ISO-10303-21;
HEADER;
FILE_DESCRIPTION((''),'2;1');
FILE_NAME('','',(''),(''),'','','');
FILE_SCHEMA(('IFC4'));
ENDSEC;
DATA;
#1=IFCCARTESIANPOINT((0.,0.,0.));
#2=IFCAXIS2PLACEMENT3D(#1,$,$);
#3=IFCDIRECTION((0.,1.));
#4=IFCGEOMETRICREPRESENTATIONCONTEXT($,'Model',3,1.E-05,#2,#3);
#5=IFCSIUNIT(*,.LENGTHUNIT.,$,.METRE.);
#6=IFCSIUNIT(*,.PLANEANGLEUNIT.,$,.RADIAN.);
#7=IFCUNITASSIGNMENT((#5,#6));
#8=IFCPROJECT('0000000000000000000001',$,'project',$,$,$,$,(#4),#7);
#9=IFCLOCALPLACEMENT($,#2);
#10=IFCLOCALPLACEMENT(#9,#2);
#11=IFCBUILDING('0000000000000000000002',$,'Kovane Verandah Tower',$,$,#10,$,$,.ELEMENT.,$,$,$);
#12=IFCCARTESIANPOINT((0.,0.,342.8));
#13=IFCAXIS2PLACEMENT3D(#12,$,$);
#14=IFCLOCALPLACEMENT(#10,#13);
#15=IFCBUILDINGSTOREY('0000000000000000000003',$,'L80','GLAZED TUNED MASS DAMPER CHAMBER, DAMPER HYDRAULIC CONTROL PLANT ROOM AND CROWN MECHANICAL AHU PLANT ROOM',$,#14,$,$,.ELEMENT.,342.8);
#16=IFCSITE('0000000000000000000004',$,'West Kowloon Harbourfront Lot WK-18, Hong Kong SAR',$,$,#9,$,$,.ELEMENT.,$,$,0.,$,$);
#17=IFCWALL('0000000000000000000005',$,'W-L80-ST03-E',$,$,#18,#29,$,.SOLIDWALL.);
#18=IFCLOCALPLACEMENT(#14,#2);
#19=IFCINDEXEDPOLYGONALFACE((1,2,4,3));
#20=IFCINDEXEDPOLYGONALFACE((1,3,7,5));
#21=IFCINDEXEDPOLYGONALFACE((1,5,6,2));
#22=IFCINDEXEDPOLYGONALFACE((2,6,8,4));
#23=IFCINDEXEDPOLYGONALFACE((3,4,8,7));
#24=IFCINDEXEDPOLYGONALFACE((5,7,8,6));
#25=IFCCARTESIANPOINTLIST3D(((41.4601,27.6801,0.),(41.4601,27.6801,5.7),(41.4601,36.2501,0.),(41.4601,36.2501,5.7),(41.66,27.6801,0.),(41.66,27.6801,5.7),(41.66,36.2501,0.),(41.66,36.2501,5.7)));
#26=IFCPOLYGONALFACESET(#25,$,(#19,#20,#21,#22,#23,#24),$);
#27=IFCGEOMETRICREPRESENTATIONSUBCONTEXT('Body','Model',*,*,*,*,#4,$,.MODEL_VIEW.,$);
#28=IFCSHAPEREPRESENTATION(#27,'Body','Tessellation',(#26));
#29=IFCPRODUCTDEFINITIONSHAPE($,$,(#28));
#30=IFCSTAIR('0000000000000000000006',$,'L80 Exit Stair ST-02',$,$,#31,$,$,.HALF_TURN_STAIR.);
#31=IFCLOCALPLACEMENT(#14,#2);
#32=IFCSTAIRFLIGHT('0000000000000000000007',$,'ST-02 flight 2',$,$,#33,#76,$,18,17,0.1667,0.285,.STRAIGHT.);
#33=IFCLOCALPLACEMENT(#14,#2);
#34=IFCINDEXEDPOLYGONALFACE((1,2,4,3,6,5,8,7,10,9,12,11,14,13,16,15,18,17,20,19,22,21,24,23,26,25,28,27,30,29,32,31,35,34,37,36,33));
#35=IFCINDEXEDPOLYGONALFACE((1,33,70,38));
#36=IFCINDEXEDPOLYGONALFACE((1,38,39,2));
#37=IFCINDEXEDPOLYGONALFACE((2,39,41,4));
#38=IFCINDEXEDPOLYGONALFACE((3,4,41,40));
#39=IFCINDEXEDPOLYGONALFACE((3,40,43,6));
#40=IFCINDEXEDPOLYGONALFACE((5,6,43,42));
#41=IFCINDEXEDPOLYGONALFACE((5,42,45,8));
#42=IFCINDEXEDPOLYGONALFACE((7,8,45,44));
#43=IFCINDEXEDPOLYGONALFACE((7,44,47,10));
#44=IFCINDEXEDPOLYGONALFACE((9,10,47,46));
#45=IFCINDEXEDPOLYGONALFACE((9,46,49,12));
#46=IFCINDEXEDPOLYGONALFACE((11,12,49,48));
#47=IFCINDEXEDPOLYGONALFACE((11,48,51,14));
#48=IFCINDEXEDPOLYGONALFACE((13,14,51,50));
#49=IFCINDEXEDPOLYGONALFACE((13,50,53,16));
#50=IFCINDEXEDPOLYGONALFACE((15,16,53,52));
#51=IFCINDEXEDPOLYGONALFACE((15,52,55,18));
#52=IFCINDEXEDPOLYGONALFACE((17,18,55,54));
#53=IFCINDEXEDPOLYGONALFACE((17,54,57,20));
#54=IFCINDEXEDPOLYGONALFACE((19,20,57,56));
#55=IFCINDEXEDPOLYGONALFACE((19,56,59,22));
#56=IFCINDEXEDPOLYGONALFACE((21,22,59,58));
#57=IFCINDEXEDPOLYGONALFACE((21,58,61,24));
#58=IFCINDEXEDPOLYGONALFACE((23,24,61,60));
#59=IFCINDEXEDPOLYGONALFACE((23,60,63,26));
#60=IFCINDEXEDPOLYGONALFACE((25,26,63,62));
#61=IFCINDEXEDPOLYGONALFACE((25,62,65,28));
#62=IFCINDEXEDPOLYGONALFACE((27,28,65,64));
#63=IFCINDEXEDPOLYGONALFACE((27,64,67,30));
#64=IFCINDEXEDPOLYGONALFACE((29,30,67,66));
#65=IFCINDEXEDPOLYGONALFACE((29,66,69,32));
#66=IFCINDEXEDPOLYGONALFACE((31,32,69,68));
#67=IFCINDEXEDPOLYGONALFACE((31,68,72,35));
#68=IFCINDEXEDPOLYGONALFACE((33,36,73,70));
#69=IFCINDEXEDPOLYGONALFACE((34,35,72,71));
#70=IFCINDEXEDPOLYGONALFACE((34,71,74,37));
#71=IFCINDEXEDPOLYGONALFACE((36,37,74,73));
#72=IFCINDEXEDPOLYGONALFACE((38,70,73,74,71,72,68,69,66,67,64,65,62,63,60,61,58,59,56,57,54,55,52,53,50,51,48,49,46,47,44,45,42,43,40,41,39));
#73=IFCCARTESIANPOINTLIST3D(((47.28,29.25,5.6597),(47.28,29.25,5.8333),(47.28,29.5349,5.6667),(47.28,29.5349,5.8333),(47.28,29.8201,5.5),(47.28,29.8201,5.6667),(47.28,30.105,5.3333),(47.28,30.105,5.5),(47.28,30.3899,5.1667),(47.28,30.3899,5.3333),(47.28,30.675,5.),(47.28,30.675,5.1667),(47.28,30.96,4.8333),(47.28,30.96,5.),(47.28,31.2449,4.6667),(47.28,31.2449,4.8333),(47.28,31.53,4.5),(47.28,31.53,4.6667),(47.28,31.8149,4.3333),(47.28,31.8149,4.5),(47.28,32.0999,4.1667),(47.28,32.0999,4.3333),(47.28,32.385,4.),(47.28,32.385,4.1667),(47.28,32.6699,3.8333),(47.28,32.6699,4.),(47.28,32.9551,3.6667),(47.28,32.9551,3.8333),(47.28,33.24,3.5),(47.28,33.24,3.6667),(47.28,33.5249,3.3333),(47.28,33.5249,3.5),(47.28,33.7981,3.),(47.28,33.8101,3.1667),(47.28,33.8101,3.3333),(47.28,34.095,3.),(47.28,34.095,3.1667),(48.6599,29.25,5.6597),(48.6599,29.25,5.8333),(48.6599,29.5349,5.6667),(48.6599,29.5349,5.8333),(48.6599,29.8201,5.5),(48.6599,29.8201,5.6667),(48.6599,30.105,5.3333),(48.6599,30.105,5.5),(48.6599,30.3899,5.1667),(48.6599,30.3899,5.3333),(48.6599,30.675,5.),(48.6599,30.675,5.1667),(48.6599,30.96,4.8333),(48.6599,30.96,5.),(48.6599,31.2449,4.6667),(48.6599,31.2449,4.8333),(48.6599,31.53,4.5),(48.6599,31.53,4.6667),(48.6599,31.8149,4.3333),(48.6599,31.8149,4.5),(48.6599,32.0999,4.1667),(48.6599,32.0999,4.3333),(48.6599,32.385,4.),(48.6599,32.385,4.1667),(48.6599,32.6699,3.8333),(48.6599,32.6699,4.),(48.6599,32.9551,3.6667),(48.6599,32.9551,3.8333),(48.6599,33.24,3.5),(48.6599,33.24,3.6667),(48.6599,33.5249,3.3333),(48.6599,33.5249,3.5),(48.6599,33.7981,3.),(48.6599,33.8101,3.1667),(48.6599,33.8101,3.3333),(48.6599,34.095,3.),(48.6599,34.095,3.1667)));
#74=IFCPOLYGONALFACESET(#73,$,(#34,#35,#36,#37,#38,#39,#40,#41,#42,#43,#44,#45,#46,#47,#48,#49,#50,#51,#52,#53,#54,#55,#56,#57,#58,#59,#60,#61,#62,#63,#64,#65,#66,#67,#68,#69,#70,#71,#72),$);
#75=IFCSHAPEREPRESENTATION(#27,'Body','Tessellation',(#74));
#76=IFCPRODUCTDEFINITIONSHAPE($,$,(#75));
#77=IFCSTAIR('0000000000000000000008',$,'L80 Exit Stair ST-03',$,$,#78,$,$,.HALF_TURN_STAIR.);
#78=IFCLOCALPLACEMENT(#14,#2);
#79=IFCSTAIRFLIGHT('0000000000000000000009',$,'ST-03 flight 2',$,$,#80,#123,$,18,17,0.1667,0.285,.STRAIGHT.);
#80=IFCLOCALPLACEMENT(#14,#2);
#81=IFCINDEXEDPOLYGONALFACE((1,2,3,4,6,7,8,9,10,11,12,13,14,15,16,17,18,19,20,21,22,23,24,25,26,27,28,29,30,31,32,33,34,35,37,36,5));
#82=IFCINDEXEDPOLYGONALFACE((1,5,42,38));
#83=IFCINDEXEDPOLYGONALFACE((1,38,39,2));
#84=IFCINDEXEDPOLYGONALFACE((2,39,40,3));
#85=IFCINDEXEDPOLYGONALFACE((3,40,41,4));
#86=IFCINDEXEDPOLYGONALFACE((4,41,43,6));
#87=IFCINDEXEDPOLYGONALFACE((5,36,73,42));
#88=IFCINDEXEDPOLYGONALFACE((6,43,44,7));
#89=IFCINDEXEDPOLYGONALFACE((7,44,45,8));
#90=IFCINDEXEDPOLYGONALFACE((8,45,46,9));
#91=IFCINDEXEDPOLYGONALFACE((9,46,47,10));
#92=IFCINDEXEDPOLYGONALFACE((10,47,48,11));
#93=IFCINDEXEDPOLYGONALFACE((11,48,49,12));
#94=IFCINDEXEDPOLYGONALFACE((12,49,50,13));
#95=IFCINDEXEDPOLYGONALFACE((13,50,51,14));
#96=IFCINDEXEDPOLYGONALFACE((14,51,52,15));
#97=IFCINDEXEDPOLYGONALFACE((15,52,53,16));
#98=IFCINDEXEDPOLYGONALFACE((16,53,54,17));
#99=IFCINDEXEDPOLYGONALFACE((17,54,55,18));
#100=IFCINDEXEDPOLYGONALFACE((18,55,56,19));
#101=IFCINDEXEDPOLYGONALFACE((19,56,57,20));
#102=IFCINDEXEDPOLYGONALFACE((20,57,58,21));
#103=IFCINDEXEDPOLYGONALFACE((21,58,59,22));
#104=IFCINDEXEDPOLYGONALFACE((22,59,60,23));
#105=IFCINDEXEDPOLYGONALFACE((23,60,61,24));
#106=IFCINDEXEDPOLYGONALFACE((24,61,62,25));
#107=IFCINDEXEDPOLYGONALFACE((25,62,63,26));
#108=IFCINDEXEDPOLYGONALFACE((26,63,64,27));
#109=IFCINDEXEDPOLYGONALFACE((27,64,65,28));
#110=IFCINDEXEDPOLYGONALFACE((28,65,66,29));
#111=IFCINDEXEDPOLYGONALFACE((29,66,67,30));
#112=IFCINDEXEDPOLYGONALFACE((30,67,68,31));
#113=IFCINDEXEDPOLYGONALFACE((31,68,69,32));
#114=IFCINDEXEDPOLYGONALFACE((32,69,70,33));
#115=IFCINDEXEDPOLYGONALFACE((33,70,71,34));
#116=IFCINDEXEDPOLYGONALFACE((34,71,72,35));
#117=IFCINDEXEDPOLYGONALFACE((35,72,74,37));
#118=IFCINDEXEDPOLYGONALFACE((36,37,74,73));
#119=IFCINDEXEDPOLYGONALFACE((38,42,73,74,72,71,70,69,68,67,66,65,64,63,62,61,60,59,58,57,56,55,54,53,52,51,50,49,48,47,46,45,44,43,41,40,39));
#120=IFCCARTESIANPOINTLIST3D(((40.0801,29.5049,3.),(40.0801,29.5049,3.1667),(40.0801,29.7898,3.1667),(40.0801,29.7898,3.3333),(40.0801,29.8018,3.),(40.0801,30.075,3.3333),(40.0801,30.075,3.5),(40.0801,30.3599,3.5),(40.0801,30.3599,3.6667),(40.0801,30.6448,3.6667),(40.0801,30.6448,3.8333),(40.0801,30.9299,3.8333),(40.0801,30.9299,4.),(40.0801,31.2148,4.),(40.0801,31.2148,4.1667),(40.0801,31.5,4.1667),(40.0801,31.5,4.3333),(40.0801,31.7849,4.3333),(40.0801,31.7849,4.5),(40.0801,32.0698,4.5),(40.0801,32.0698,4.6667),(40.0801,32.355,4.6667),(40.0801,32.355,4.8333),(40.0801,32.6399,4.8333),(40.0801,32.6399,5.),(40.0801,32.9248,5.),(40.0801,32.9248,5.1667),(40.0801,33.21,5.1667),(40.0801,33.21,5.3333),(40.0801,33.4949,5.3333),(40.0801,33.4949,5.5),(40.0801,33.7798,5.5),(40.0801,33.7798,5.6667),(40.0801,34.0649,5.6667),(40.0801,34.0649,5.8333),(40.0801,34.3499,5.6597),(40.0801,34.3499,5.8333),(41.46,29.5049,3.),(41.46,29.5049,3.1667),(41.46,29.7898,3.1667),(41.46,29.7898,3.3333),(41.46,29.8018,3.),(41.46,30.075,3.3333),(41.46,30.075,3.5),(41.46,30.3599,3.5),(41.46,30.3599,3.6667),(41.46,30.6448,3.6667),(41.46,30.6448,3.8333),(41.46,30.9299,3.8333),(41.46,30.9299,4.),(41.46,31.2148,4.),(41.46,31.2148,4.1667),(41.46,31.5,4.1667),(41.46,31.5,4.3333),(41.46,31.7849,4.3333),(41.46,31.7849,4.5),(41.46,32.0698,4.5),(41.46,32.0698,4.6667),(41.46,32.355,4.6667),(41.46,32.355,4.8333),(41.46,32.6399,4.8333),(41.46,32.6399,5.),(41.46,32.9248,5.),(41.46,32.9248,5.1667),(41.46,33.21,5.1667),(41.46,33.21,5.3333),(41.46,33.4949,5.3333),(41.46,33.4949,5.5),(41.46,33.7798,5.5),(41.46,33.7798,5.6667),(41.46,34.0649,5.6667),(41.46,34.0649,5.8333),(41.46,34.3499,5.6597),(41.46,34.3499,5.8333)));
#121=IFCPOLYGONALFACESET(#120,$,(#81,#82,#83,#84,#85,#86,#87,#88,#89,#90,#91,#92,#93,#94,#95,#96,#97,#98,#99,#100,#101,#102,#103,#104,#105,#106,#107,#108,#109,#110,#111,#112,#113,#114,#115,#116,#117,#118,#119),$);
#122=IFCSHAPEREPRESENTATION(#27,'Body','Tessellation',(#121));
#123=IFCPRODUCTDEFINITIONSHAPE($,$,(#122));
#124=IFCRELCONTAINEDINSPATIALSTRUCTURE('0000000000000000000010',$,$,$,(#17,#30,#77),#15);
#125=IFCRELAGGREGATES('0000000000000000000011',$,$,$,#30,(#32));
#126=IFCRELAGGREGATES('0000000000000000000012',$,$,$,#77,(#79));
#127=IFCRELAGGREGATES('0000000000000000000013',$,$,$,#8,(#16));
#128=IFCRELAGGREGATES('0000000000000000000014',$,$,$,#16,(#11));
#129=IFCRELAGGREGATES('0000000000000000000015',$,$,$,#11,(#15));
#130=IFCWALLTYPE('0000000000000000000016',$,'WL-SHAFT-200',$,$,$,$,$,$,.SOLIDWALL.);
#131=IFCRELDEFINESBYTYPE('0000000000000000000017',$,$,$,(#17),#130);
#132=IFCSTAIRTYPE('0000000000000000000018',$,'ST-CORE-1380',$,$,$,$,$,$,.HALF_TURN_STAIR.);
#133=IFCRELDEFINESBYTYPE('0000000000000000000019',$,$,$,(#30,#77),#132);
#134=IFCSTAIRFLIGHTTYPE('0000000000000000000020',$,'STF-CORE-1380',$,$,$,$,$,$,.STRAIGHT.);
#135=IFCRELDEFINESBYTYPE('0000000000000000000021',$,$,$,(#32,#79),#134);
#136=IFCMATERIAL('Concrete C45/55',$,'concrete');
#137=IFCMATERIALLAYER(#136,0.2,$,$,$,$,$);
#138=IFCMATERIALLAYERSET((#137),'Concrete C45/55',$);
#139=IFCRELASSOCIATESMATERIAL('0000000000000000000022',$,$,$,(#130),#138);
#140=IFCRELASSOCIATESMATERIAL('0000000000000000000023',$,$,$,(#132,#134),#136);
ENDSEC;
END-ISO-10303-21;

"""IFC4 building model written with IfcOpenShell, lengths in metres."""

from ifc_helpers import new_model, si_unit, direction, frame, frame_2d, origin, place, context, subcontext, project, spatial, polyline, rectangle, outline, extrude, material, layer, layer_set, type_object, element, aggregate, save


model = new_model("IFC4")

# Units and contexts
model_context = context("Model", 3, precision=1e-05, world=origin(), true_north=direction((0.0, 1.0)))
body_context = subcontext(model_context, "Body", "Model", "MODEL_VIEW")
ifc_project = project(units=[si_unit("LENGTHUNIT", "METRE"), si_unit("PLANEANGLEUNIT", "RADIAN")], contexts=[model_context])

# Site, building, storey
site_placement = place(None, origin())
site = spatial("IfcSite", under=ifc_project, at=site_placement, Name="West Kowloon Harbourfront Lot WK-18, Hong Kong SAR", CompositionType="ELEMENT", RefElevation=0.0)
building_placement = place(site_placement, origin())
building = spatial("IfcBuilding", under=site, at=building_placement, Name="Kovane Verandah Tower", CompositionType="ELEMENT")
storey_placement = place(building_placement, frame((0.0, 0.0, 342.8)))
storey = spatial("IfcBuildingStorey", under=building, at=storey_placement, Name="L80", Description="GLAZED TUNED MASS DAMPER CHAMBER, DAMPER HYDRAULIC CONTROL PLANT ROOM AND CROWN MECHANICAL AHU PLANT ROOM", CompositionType="ELEMENT", Elevation=342.8)

# Shared definitions
ifc_material_1 = material(Name="Concrete C45/55", Category="concrete")
ifc_layer_1 = layer(ifc_material_1, 0.2)
ifc_layer_set_1 = layer_set([ifc_layer_1], Name="Concrete C45/55")
wall_type_1 = type_object("IfcWallType", Name="WL-SHAFT-200", PredefinedType="SOLIDWALL", material=ifc_layer_set_1)

# Wall
wall_1_placement = place(storey_placement, frame((41.5601, 27.6799, 0.0), z_axis=(0.0, 0.0, 1.0), x_axis=(0.0, 1.0, 0.0)))
element("IfcWall", 1, at=wall_1_placement, inside=storey, type_object=wall_type_1, Name="W-L80-ST03-E", PredefinedType="SOLIDWALL", context=body_context, shape_type="SweptSolid", body=[
    extrude(rectangle(XDim=8.5701, YDim=0.2, at=frame_2d((4.2852, 0.0))), origin(), (0.0, 0.0, 1.0), 5.7),
])

# Stairs, stair flights
stair_type = type_object("IfcStairType", Name="ST-CORE-1380", PredefinedType="HALF_TURN_STAIR", material=ifc_material_1)
stair_1_placement = place(storey_placement, origin())
stair_1 = element("IfcStair", 2, at=stair_1_placement, inside=storey, type_object=stair_type, Name="L80 Exit Stair ST-02", PredefinedType="HALF_TURN_STAIR")
stair_flight_type = type_object("IfcStairFlightType", Name="STF-CORE-1380", PredefinedType="STRAIGHT", material=ifc_material_1)
stair_flight_1_placement = place(storey_placement, frame((47.97, 34.095, 3.0), z_axis=(0.0, 0.0, 1.0), x_axis=(0.0, -1.0, 0.0)))
stair_flight_1 = element("IfcStairFlight", 3, at=stair_flight_1_placement, type_object=stair_flight_type, Name="ST-02 flight 2", NumberOfRisers=18, NumberOfTreads=17, PredefinedType="STRAIGHT", RiserHeight=0.1667, TreadLength=0.285, context=body_context, shape_type="SweptSolid", body=[
    extrude(outline(polyline([(0.0, 0.0), (0.0, 0.1667), (0.2849, 0.1667), (0.2849, 0.3333), (0.5701, 0.3333), (0.5701, 0.5), (0.855, 0.5), (0.855, 0.6667), (1.1399, 0.6667), (1.1399, 0.8333), (1.425, 0.8333), (1.425, 1.0), (1.71, 1.0), (1.71, 1.1667), (1.9951, 1.1667), (1.9951, 1.3333), (2.28, 1.3333), (2.28, 1.5), (2.5649, 1.5), (2.5649, 1.6667), (2.8501, 1.6667), (2.8501, 1.8333), (3.135, 1.8333), (3.135, 2.0), (3.4199, 2.0), (3.4199, 2.1667), (3.7051, 2.1667), (3.7051, 2.3333), (3.99, 2.3333), (3.99, 2.5), (4.2749, 2.5), (4.2749, 2.6667), (4.5601, 2.6667), (4.5601, 2.8333), (4.845, 2.8333), (4.845, 3.0), (4.845, 2.6597), (0.2969, 0.0), (0.0, 0.0)])), frame((0.0, 0.6899, 0.0), z_axis=(0.0, -1.0, 0.0), x_axis=(1.0, 0.0, 0.0)), (0.0, 0.0, 1.0), 1.3799),
])
aggregate(stair_1, [stair_flight_1])
stair_2_placement = place(storey_placement, origin())
stair_2 = element("IfcStair", 4, at=stair_2_placement, inside=storey, type_object=stair_type, Name="L80 Exit Stair ST-03", PredefinedType="HALF_TURN_STAIR")
stair_flight_2_placement = place(storey_placement, frame((40.77, 29.5049, 3.0), z_axis=(0.0, 0.0, 1.0), x_axis=(0.0, 1.0, 0.0)))
stair_flight_2 = element("IfcStairFlight", 5, at=stair_flight_2_placement, type_object=stair_flight_type, Name="ST-03 flight 2", NumberOfRisers=18, NumberOfTreads=17, PredefinedType="STRAIGHT", RiserHeight=0.1667, TreadLength=0.285, context=body_context, shape_type="SweptSolid", body=[
    extrude(outline(polyline([(0.0, 0.0), (0.0, 0.1667), (0.2849, 0.1667), (0.2849, 0.3333), (0.5701, 0.3333), (0.5701, 0.5), (0.855, 0.5), (0.855, 0.6667), (1.1399, 0.6667), (1.1399, 0.8333), (1.425, 0.8333), (1.425, 1.0), (1.71, 1.0), (1.71, 1.1667), (1.9951, 1.1667), (1.9951, 1.3333), (2.28, 1.3333), (2.28, 1.5), (2.5649, 1.5), (2.5649, 1.6667), (2.8501, 1.6667), (2.8501, 1.8333), (3.135, 1.8333), (3.135, 2.0), (3.4199, 2.0), (3.4199, 2.1667), (3.7051, 2.1667), (3.7051, 2.3333), (3.99, 2.3333), (3.99, 2.5), (4.2749, 2.5), (4.2749, 2.6667), (4.5601, 2.6667), (4.5601, 2.8333), (4.845, 2.8333), (4.845, 3.0), (4.845, 2.6597), (0.2969, 0.0), (0.0, 0.0)])), frame((0.0, 0.6899, 0.0), z_axis=(0.0, -1.0, 0.0), x_axis=(1.0, 0.0, 0.0)), (0.0, 0.0, 1.0), 1.3799),
])
aggregate(stair_2, [stair_flight_2])

save(model, "model.ifc")
